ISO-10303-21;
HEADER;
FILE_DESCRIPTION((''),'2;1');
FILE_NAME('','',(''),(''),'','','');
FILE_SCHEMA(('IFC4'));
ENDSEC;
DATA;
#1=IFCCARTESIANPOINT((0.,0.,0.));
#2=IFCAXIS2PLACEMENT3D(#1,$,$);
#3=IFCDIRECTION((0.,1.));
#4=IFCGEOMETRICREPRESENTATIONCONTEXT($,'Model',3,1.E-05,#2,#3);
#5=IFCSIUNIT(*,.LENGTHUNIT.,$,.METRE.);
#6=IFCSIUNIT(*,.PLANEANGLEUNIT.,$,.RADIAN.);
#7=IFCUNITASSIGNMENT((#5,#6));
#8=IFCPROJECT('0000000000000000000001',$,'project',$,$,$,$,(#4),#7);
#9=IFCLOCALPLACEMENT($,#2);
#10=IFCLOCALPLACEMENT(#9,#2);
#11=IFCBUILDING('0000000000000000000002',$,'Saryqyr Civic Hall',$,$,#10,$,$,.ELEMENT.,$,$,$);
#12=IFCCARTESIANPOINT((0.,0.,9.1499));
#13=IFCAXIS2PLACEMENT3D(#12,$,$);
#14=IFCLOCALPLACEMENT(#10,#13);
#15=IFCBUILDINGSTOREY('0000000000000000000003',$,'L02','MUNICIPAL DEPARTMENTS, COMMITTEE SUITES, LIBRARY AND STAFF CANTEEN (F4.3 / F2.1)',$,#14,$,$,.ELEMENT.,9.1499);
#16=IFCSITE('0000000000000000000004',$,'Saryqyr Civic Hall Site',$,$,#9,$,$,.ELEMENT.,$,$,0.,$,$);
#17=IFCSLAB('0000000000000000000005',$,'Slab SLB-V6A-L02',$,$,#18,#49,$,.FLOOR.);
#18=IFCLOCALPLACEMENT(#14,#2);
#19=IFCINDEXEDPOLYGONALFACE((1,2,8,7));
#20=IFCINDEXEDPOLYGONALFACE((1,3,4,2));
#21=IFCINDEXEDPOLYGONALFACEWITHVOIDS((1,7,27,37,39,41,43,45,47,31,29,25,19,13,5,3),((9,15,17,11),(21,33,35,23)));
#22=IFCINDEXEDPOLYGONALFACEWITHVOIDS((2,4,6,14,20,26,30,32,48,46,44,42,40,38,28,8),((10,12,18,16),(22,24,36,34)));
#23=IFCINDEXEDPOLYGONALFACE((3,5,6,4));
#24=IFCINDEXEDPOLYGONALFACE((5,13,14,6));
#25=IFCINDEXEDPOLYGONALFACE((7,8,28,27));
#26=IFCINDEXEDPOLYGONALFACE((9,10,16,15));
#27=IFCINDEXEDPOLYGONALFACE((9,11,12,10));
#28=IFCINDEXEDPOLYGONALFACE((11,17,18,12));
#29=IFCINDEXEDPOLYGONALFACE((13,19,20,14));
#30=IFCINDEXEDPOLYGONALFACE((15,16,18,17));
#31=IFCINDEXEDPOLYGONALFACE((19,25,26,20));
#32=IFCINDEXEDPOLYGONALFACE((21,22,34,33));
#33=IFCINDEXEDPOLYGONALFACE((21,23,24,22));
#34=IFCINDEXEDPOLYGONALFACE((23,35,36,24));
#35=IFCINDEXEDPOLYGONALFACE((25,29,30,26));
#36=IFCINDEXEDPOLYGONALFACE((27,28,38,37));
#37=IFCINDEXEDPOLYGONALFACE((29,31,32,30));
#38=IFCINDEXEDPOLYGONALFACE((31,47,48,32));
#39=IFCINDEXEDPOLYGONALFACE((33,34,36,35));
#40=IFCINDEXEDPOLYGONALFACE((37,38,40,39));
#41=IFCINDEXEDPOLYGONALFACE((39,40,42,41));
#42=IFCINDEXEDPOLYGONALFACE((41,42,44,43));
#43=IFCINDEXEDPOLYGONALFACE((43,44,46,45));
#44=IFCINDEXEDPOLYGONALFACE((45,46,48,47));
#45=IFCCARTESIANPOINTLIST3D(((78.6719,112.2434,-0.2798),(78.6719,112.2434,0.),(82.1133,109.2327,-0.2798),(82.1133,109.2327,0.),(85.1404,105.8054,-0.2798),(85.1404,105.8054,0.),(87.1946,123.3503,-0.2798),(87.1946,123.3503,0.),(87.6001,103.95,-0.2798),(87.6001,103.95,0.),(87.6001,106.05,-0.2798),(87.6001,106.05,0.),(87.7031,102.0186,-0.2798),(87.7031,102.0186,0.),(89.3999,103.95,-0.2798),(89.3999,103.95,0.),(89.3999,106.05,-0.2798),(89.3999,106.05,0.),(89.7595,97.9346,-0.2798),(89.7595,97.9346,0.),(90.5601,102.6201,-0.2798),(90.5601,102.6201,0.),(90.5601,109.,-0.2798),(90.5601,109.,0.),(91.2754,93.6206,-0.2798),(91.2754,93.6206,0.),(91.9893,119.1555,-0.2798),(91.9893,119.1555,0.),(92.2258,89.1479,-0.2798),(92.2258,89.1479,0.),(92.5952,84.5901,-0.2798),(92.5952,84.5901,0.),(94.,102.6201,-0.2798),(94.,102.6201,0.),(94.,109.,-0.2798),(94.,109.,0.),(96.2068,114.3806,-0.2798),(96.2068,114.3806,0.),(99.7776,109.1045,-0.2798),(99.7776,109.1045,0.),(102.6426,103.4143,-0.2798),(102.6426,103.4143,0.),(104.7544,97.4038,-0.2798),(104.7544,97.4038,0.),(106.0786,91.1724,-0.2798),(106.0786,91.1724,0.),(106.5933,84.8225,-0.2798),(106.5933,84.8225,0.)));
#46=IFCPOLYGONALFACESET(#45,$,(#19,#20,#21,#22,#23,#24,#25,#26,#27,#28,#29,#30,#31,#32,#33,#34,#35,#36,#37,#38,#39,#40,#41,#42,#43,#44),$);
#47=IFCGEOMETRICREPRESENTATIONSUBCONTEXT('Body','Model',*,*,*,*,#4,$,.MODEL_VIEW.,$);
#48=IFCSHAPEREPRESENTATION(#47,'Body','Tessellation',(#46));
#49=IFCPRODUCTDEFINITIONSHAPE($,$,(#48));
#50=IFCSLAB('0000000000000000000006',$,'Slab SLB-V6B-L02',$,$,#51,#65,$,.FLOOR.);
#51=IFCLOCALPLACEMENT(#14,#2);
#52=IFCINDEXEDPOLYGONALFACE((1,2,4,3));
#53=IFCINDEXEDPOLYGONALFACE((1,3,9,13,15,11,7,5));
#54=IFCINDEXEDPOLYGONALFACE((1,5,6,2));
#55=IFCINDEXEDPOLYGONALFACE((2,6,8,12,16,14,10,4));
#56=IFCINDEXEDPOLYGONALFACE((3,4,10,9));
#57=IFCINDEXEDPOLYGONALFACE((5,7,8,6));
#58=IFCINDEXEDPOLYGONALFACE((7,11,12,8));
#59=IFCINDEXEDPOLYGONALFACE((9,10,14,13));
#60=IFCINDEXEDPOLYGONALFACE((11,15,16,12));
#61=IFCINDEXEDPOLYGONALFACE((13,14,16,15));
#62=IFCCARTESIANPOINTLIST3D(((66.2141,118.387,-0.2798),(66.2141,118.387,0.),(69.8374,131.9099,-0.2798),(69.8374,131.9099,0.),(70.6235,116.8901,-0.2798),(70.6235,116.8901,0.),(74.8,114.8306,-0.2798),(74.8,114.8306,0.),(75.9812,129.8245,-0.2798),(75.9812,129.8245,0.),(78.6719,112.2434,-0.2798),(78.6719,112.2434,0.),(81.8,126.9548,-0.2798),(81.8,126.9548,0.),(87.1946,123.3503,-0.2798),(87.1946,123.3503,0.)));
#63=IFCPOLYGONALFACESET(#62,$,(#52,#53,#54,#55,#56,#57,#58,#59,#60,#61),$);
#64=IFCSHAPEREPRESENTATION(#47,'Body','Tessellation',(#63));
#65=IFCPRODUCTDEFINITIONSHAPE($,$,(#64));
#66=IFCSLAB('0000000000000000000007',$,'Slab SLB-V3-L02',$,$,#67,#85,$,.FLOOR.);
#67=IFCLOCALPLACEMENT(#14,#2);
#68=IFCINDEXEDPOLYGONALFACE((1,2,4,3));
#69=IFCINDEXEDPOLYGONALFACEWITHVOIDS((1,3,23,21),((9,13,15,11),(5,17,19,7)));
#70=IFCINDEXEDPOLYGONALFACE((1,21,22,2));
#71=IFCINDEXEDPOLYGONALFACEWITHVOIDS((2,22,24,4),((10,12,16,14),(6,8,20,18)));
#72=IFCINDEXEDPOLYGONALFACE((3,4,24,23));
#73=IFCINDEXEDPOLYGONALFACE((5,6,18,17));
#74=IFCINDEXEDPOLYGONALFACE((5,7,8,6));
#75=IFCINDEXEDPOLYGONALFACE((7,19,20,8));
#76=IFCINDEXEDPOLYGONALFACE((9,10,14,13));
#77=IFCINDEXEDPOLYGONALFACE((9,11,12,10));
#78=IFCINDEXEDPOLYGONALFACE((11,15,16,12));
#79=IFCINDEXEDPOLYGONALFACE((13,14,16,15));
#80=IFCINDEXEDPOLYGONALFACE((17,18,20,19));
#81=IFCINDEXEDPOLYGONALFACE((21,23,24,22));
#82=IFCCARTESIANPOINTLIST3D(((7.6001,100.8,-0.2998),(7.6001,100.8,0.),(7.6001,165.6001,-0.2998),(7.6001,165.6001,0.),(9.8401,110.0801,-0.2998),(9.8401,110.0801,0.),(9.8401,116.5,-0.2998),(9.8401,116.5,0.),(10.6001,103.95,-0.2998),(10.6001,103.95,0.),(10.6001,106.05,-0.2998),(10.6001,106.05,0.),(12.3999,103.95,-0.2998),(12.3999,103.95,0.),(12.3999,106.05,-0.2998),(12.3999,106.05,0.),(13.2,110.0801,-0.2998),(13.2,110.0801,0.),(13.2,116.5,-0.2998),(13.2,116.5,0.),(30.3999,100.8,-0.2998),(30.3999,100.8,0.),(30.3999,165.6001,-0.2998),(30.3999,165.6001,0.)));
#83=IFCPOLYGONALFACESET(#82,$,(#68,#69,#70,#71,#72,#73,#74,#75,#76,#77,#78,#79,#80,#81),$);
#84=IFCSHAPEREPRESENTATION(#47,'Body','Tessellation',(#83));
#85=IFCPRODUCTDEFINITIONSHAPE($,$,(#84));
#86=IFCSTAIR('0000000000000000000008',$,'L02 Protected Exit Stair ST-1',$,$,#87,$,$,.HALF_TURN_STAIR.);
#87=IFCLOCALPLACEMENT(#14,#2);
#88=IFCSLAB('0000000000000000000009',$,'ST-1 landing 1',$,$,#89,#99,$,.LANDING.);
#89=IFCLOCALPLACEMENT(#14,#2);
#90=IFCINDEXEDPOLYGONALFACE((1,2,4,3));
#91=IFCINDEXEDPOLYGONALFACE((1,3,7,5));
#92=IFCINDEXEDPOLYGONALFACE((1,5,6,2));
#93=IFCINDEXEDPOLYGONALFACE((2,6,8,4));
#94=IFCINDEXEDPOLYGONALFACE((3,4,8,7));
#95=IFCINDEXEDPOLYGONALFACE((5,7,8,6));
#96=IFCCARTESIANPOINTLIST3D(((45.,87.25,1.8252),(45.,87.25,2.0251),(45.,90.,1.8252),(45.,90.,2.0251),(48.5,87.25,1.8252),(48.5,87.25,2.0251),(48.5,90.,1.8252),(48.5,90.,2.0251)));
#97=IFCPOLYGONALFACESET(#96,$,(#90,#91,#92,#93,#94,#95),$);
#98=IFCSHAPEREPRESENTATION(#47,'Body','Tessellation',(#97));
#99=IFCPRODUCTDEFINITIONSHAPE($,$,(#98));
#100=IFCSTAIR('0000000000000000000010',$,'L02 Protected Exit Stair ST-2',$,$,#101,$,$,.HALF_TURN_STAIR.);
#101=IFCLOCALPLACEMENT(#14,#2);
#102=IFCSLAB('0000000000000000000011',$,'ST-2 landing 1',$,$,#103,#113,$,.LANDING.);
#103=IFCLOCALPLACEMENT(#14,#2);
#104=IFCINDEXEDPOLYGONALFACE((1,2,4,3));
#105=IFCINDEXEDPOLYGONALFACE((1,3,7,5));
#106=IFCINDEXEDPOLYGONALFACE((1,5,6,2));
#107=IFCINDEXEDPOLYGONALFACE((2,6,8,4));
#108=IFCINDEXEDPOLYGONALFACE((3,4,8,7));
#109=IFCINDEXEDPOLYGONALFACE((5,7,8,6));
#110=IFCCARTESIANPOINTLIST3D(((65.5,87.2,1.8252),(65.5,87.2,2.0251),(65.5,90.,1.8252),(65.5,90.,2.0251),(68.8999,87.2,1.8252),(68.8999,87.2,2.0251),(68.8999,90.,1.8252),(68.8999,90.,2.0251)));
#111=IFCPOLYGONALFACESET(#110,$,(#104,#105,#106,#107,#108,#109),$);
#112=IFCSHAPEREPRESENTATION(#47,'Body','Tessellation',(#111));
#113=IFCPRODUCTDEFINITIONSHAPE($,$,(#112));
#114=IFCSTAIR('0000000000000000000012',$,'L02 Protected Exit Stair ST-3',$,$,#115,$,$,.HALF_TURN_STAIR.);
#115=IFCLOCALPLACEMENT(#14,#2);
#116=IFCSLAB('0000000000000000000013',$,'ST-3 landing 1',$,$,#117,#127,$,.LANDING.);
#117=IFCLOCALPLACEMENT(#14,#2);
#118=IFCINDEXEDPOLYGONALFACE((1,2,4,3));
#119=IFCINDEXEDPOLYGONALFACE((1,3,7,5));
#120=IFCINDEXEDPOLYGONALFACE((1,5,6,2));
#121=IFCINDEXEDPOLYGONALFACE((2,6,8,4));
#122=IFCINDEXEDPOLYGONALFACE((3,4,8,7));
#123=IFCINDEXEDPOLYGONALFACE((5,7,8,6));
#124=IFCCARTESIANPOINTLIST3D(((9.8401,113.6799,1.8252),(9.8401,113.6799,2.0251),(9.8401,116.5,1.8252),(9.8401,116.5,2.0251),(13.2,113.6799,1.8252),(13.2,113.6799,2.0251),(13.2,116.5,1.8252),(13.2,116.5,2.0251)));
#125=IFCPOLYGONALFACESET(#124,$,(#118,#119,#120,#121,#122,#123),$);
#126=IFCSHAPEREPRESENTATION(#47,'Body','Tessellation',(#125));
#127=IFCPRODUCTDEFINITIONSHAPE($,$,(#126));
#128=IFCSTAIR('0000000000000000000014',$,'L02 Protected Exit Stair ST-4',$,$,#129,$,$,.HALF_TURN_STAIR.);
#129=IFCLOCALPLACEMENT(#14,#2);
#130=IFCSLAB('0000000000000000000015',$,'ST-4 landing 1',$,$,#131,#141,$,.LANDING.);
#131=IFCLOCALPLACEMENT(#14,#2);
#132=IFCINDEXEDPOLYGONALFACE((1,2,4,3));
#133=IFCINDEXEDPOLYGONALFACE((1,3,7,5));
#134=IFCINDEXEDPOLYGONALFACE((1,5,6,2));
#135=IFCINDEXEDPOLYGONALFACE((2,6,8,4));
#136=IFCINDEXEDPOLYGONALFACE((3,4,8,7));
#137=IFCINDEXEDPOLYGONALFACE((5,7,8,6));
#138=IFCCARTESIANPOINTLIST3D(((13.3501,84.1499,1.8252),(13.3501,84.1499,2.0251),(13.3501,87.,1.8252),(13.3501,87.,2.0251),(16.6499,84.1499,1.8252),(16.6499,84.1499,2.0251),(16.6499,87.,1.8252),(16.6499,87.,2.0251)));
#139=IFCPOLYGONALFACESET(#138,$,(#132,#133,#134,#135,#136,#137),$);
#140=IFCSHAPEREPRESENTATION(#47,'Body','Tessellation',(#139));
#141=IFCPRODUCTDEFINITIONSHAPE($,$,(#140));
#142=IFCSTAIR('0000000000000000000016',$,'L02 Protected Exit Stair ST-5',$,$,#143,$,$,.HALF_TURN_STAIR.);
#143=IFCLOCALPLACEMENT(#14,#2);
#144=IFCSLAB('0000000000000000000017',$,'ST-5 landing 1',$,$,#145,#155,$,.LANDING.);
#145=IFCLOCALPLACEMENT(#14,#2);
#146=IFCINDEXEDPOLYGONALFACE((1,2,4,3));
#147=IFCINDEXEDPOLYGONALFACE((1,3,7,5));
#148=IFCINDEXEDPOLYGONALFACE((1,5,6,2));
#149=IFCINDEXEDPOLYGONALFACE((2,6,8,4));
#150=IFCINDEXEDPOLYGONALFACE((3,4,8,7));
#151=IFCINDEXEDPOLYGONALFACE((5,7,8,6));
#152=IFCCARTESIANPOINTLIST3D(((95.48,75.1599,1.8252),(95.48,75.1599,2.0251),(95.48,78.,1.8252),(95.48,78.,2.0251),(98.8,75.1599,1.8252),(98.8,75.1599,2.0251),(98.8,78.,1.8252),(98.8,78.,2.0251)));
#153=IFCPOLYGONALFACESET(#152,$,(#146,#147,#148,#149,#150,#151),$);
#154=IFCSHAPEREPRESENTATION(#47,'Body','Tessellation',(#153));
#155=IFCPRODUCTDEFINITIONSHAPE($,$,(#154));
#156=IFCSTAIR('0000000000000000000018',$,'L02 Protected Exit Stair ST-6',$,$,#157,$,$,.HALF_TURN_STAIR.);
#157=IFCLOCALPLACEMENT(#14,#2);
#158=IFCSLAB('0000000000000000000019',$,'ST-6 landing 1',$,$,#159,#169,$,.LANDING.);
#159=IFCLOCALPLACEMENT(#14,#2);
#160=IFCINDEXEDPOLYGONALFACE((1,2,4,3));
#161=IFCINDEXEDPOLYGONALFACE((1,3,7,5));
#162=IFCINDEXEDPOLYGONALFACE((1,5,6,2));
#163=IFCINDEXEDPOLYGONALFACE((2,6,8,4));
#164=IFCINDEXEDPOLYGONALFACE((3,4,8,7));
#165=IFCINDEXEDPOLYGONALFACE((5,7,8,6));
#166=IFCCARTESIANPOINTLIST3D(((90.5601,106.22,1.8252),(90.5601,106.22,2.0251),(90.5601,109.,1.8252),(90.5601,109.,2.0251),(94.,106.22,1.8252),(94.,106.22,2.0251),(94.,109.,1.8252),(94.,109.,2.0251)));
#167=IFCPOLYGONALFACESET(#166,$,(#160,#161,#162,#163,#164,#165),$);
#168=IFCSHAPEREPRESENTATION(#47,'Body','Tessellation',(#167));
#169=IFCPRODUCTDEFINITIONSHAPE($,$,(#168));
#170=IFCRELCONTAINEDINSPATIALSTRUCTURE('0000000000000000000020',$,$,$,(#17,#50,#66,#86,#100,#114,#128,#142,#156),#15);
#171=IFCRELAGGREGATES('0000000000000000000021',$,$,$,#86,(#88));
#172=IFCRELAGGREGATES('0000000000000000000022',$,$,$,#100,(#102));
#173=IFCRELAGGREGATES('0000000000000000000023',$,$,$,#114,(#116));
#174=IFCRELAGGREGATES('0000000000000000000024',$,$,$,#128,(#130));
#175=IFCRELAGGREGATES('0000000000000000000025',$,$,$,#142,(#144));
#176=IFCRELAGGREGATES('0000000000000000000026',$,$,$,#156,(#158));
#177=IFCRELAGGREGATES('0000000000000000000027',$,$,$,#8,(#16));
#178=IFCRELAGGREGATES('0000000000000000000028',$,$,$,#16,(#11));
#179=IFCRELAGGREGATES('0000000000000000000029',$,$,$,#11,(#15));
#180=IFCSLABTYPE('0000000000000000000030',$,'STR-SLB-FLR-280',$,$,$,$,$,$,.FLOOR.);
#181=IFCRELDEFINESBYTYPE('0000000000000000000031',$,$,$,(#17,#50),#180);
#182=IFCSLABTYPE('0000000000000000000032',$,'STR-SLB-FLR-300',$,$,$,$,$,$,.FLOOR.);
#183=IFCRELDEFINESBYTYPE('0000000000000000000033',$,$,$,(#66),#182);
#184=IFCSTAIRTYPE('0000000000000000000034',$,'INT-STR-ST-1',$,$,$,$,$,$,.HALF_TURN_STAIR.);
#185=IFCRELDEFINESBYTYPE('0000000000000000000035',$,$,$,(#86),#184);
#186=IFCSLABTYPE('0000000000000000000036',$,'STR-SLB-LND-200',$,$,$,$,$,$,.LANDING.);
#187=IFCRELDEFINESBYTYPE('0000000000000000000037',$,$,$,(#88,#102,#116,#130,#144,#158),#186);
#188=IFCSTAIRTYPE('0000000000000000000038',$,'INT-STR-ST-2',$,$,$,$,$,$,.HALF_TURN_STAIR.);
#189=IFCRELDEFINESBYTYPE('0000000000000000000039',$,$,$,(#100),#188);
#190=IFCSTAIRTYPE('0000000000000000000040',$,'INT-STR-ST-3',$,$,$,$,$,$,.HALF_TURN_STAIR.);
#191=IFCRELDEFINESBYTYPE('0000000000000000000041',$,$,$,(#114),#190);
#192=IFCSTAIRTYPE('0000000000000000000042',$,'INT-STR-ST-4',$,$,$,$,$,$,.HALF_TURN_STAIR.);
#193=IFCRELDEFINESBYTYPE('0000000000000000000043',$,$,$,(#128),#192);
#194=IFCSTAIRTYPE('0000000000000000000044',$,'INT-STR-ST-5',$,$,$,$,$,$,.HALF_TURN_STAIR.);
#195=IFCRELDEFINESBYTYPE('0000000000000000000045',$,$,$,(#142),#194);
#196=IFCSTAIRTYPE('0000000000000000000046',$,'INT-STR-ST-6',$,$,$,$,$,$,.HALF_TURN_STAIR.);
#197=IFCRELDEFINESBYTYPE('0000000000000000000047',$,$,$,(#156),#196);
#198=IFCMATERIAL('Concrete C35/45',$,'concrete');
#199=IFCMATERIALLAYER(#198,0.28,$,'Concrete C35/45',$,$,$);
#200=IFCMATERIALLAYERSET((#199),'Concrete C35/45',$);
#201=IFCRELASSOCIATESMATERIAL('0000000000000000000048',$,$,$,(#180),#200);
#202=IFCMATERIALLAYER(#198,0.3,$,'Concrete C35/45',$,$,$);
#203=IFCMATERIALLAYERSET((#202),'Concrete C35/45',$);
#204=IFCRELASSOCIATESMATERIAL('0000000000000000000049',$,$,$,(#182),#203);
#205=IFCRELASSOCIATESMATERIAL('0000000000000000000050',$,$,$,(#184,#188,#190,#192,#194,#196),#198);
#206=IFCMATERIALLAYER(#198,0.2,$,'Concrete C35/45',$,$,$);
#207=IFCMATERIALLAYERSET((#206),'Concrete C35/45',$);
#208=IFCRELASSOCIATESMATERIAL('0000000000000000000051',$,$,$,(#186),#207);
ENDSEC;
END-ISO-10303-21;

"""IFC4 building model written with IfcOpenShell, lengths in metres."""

from ifc_helpers import new_model, si_unit, direction, frame, origin, place, context, subcontext, project, spatial, polyline, outline, extrude, material, layer, layer_set, type_object, element, aggregate, save


model = new_model("IFC4")

# Units and contexts
model_context = context("Model", 3, precision=1e-05, world=origin(), true_north=direction((0.0, 1.0)))
body_context = subcontext(model_context, "Body", "Model", "MODEL_VIEW")
ifc_project = project(units=[si_unit("LENGTHUNIT", "METRE"), si_unit("PLANEANGLEUNIT", "RADIAN")], contexts=[model_context])

# Site, building, storey
site_placement = place(None, origin())
site = spatial("IfcSite", under=ifc_project, at=site_placement, Name="Saryqyr Civic Hall Site", CompositionType="ELEMENT", RefElevation=0.0)
building_placement = place(site_placement, origin())
building = spatial("IfcBuilding", under=site, at=building_placement, Name="Saryqyr Civic Hall", CompositionType="ELEMENT")
storey_placement = place(building_placement, frame((0.0, 0.0, 9.1499)))
storey = spatial("IfcBuildingStorey", under=building, at=storey_placement, Name="L02", Description="MUNICIPAL DEPARTMENTS, COMMITTEE SUITES, LIBRARY AND STAFF CANTEEN (F4.3 / F2.1)", CompositionType="ELEMENT", Elevation=9.1499)

# Slabs
ifc_material_1 = material(Name="Concrete C35/45", Category="concrete")
ifc_layer_1 = layer(ifc_material_1, 0.28, Name="Concrete C35/45")
ifc_layer_set_1 = layer_set([ifc_layer_1], Name="Concrete C35/45")
slab_type_1 = type_object("IfcSlabType", Name="STR-SLB-FLR-280", PredefinedType="FLOOR", material=ifc_layer_set_1)
slab_1_placement = place(storey_placement, frame((0.0, 0.0, -0.2798)))
element("IfcSlab", 1, at=slab_1_placement, inside=storey, type_object=slab_type_1, Name="Slab SLB-V6A-L02", PredefinedType="FLOOR", context=body_context, shape_type="SweptSolid", body=[
    extrude(outline(polyline([(92.2258, 89.1479), (91.2754, 93.6206), (89.7595, 97.9346), (87.7031, 102.0186), (85.1404, 105.8054), (82.1133, 109.2327), (78.6719, 112.2434), (87.1946, 123.3503), (91.9893, 119.1555), (96.2068, 114.3806), (99.7776, 109.1045), (102.6426, 103.4143), (104.7544, 97.4038), (106.0786, 91.1724), (106.5933, 84.8225), (92.5952, 84.5901), (92.2258, 89.1479)]), holes=[polyline([(89.3999, 103.95), (89.3999, 106.05), (87.6001, 106.05), (87.6001, 103.95), (89.3999, 103.95)]), polyline([(94.0, 109.0), (90.5601, 109.0), (90.5601, 102.6201), (94.0, 102.6201), (94.0, 109.0)])]), origin(), (0.0, 0.0, 1.0), 0.2798),
])
slab_2_placement = place(storey_placement, frame((0.0, 0.0, -0.2798)))
element("IfcSlab", 2, at=slab_2_placement, inside=storey, type_object=slab_type_1, Name="Slab SLB-V6B-L02", PredefinedType="FLOOR", context=body_context, shape_type="SweptSolid", body=[
    extrude(outline(polyline([(74.8, 114.8306), (70.6235, 116.8901), (66.2141, 118.387), (69.8374, 131.9099), (75.9812, 129.8245), (81.8, 126.9548), (87.1946, 123.3503), (78.6719, 112.2434), (74.8, 114.8306)])), origin(), (0.0, 0.0, 1.0), 0.2798),
])
ifc_layer_2 = layer(ifc_material_1, 0.3, Name="Concrete C35/45")
ifc_layer_set_2 = layer_set([ifc_layer_2], Name="Concrete C35/45")
slab_type_2 = type_object("IfcSlabType", Name="STR-SLB-FLR-300", PredefinedType="FLOOR", material=ifc_layer_set_2)
slab_3_placement = place(storey_placement, frame((0.0, 0.0, -0.2998)))
element("IfcSlab", 3, at=slab_3_placement, inside=storey, type_object=slab_type_2, Name="Slab SLB-V3-L02", PredefinedType="FLOOR", context=body_context, shape_type="SweptSolid", body=[
    extrude(outline(polyline([(30.3999, 165.6001), (30.3999, 100.8), (7.6001, 100.8), (7.6001, 165.6001), (30.3999, 165.6001)]), holes=[polyline([(12.3999, 103.95), (12.3999, 106.05), (10.6001, 106.05), (10.6001, 103.95), (12.3999, 103.95)]), polyline([(13.2, 116.5), (9.8401, 116.5), (9.8401, 110.0801), (13.2, 110.0801), (13.2, 116.5)])]), origin(), (0.0, 0.0, 1.0), 0.2998),
])

# Stairs, slabs
stair_type_1 = type_object("IfcStairType", Name="INT-STR-ST-1", PredefinedType="HALF_TURN_STAIR", material=ifc_material_1)
stair_1_placement = place(storey_placement, origin())
stair_1 = element("IfcStair", 4, at=stair_1_placement, inside=storey, type_object=stair_type_1, Name="L02 Protected Exit Stair ST-1", PredefinedType="HALF_TURN_STAIR")
ifc_layer_3 = layer(ifc_material_1, 0.2, Name="Concrete C35/45")
ifc_layer_set_3 = layer_set([ifc_layer_3], Name="Concrete C35/45")
slab_type_3 = type_object("IfcSlabType", Name="STR-SLB-LND-200", PredefinedType="LANDING", material=ifc_layer_set_3)
slab_4_placement = place(storey_placement, frame((0.0, 0.0, 1.8252)))
slab_4 = element("IfcSlab", 5, at=slab_4_placement, type_object=slab_type_3, Name="ST-1 landing 1", PredefinedType="LANDING", context=body_context, shape_type="SweptSolid", body=[
    extrude(outline(polyline([(48.5, 87.25), (48.5, 90.0), (45.0, 90.0), (45.0, 87.25), (48.5, 87.25)])), origin(), (0.0, 0.0, 1.0), 0.2),
])
aggregate(stair_1, [slab_4])
stair_type_2 = type_object("IfcStairType", Name="INT-STR-ST-2", PredefinedType="HALF_TURN_STAIR", material=ifc_material_1)
stair_2_placement = place(storey_placement, origin())
stair_2 = element("IfcStair", 6, at=stair_2_placement, inside=storey, type_object=stair_type_2, Name="L02 Protected Exit Stair ST-2", PredefinedType="HALF_TURN_STAIR")
slab_5_placement = place(storey_placement, frame((0.0, 0.0, 1.8252)))
slab_5 = element("IfcSlab", 7, at=slab_5_placement, type_object=slab_type_3, Name="ST-2 landing 1", PredefinedType="LANDING", context=body_context, shape_type="SweptSolid", body=[
    extrude(outline(polyline([(68.8999, 87.2), (68.8999, 90.0), (65.5, 90.0), (65.5, 87.2), (68.8999, 87.2)])), origin(), (0.0, 0.0, 1.0), 0.2),
])
aggregate(stair_2, [slab_5])
stair_type_3 = type_object("IfcStairType", Name="INT-STR-ST-3", PredefinedType="HALF_TURN_STAIR", material=ifc_material_1)
stair_3_placement = place(storey_placement, origin())
stair_3 = element("IfcStair", 8, at=stair_3_placement, inside=storey, type_object=stair_type_3, Name="L02 Protected Exit Stair ST-3", PredefinedType="HALF_TURN_STAIR")
slab_6_placement = place(storey_placement, frame((0.0, 0.0, 1.8252)))
slab_6 = element("IfcSlab", 9, at=slab_6_placement, type_object=slab_type_3, Name="ST-3 landing 1", PredefinedType="LANDING", context=body_context, shape_type="SweptSolid", body=[
    extrude(outline(polyline([(13.2, 113.6799), (13.2, 116.5), (9.8401, 116.5), (9.8401, 113.6799), (13.2, 113.6799)])), origin(), (0.0, 0.0, 1.0), 0.2),
])
aggregate(stair_3, [slab_6])
stair_type_4 = type_object("IfcStairType", Name="INT-STR-ST-4", PredefinedType="HALF_TURN_STAIR", material=ifc_material_1)
stair_4_placement = place(storey_placement, origin())
stair_4 = element("IfcStair", 10, at=stair_4_placement, inside=storey, type_object=stair_type_4, Name="L02 Protected Exit Stair ST-4", PredefinedType="HALF_TURN_STAIR")
slab_7_placement = place(storey_placement, frame((0.0, 0.0, 1.8252)))
slab_7 = element("IfcSlab", 11, at=slab_7_placement, type_object=slab_type_3, Name="ST-4 landing 1", PredefinedType="LANDING", context=body_context, shape_type="SweptSolid", body=[
    extrude(outline(polyline([(16.6499, 84.1499), (16.6499, 87.0), (13.3501, 87.0), (13.3501, 84.1499), (16.6499, 84.1499)])), origin(), (0.0, 0.0, 1.0), 0.2),
])
aggregate(stair_4, [slab_7])
stair_type_5 = type_object("IfcStairType", Name="INT-STR-ST-5", PredefinedType="HALF_TURN_STAIR", material=ifc_material_1)
stair_5_placement = place(storey_placement, origin())
stair_5 = element("IfcStair", 12, at=stair_5_placement, inside=storey, type_object=stair_type_5, Name="L02 Protected Exit Stair ST-5", PredefinedType="HALF_TURN_STAIR")
slab_8_placement = place(storey_placement, frame((0.0, 0.0, 1.8252)))
slab_8 = element("IfcSlab", 13, at=slab_8_placement, type_object=slab_type_3, Name="ST-5 landing 1", PredefinedType="LANDING", context=body_context, shape_type="SweptSolid", body=[
    extrude(outline(polyline([(98.8, 75.1599), (98.8, 78.0), (95.48, 78.0), (95.48, 75.1599), (98.8, 75.1599)])), origin(), (0.0, 0.0, 1.0), 0.2),
])
aggregate(stair_5, [slab_8])
stair_type_6 = type_object("IfcStairType", Name="INT-STR-ST-6", PredefinedType="HALF_TURN_STAIR", material=ifc_material_1)
stair_6_placement = place(storey_placement, origin())
stair_6 = element("IfcStair", 14, at=stair_6_placement, inside=storey, type_object=stair_type_6, Name="L02 Protected Exit Stair ST-6", PredefinedType="HALF_TURN_STAIR")
slab_9_placement = place(storey_placement, frame((0.0, 0.0, 1.8252)))
slab_9 = element("IfcSlab", 15, at=slab_9_placement, type_object=slab_type_3, Name="ST-6 landing 1", PredefinedType="LANDING", context=body_context, shape_type="SweptSolid", body=[
    extrude(outline(polyline([(94.0, 106.22), (94.0, 109.0), (90.5601, 109.0), (90.5601, 106.22), (94.0, 106.22)])), origin(), (0.0, 0.0, 1.0), 0.2),
])
aggregate(stair_6, [slab_9])

save(model, "model.ifc")
